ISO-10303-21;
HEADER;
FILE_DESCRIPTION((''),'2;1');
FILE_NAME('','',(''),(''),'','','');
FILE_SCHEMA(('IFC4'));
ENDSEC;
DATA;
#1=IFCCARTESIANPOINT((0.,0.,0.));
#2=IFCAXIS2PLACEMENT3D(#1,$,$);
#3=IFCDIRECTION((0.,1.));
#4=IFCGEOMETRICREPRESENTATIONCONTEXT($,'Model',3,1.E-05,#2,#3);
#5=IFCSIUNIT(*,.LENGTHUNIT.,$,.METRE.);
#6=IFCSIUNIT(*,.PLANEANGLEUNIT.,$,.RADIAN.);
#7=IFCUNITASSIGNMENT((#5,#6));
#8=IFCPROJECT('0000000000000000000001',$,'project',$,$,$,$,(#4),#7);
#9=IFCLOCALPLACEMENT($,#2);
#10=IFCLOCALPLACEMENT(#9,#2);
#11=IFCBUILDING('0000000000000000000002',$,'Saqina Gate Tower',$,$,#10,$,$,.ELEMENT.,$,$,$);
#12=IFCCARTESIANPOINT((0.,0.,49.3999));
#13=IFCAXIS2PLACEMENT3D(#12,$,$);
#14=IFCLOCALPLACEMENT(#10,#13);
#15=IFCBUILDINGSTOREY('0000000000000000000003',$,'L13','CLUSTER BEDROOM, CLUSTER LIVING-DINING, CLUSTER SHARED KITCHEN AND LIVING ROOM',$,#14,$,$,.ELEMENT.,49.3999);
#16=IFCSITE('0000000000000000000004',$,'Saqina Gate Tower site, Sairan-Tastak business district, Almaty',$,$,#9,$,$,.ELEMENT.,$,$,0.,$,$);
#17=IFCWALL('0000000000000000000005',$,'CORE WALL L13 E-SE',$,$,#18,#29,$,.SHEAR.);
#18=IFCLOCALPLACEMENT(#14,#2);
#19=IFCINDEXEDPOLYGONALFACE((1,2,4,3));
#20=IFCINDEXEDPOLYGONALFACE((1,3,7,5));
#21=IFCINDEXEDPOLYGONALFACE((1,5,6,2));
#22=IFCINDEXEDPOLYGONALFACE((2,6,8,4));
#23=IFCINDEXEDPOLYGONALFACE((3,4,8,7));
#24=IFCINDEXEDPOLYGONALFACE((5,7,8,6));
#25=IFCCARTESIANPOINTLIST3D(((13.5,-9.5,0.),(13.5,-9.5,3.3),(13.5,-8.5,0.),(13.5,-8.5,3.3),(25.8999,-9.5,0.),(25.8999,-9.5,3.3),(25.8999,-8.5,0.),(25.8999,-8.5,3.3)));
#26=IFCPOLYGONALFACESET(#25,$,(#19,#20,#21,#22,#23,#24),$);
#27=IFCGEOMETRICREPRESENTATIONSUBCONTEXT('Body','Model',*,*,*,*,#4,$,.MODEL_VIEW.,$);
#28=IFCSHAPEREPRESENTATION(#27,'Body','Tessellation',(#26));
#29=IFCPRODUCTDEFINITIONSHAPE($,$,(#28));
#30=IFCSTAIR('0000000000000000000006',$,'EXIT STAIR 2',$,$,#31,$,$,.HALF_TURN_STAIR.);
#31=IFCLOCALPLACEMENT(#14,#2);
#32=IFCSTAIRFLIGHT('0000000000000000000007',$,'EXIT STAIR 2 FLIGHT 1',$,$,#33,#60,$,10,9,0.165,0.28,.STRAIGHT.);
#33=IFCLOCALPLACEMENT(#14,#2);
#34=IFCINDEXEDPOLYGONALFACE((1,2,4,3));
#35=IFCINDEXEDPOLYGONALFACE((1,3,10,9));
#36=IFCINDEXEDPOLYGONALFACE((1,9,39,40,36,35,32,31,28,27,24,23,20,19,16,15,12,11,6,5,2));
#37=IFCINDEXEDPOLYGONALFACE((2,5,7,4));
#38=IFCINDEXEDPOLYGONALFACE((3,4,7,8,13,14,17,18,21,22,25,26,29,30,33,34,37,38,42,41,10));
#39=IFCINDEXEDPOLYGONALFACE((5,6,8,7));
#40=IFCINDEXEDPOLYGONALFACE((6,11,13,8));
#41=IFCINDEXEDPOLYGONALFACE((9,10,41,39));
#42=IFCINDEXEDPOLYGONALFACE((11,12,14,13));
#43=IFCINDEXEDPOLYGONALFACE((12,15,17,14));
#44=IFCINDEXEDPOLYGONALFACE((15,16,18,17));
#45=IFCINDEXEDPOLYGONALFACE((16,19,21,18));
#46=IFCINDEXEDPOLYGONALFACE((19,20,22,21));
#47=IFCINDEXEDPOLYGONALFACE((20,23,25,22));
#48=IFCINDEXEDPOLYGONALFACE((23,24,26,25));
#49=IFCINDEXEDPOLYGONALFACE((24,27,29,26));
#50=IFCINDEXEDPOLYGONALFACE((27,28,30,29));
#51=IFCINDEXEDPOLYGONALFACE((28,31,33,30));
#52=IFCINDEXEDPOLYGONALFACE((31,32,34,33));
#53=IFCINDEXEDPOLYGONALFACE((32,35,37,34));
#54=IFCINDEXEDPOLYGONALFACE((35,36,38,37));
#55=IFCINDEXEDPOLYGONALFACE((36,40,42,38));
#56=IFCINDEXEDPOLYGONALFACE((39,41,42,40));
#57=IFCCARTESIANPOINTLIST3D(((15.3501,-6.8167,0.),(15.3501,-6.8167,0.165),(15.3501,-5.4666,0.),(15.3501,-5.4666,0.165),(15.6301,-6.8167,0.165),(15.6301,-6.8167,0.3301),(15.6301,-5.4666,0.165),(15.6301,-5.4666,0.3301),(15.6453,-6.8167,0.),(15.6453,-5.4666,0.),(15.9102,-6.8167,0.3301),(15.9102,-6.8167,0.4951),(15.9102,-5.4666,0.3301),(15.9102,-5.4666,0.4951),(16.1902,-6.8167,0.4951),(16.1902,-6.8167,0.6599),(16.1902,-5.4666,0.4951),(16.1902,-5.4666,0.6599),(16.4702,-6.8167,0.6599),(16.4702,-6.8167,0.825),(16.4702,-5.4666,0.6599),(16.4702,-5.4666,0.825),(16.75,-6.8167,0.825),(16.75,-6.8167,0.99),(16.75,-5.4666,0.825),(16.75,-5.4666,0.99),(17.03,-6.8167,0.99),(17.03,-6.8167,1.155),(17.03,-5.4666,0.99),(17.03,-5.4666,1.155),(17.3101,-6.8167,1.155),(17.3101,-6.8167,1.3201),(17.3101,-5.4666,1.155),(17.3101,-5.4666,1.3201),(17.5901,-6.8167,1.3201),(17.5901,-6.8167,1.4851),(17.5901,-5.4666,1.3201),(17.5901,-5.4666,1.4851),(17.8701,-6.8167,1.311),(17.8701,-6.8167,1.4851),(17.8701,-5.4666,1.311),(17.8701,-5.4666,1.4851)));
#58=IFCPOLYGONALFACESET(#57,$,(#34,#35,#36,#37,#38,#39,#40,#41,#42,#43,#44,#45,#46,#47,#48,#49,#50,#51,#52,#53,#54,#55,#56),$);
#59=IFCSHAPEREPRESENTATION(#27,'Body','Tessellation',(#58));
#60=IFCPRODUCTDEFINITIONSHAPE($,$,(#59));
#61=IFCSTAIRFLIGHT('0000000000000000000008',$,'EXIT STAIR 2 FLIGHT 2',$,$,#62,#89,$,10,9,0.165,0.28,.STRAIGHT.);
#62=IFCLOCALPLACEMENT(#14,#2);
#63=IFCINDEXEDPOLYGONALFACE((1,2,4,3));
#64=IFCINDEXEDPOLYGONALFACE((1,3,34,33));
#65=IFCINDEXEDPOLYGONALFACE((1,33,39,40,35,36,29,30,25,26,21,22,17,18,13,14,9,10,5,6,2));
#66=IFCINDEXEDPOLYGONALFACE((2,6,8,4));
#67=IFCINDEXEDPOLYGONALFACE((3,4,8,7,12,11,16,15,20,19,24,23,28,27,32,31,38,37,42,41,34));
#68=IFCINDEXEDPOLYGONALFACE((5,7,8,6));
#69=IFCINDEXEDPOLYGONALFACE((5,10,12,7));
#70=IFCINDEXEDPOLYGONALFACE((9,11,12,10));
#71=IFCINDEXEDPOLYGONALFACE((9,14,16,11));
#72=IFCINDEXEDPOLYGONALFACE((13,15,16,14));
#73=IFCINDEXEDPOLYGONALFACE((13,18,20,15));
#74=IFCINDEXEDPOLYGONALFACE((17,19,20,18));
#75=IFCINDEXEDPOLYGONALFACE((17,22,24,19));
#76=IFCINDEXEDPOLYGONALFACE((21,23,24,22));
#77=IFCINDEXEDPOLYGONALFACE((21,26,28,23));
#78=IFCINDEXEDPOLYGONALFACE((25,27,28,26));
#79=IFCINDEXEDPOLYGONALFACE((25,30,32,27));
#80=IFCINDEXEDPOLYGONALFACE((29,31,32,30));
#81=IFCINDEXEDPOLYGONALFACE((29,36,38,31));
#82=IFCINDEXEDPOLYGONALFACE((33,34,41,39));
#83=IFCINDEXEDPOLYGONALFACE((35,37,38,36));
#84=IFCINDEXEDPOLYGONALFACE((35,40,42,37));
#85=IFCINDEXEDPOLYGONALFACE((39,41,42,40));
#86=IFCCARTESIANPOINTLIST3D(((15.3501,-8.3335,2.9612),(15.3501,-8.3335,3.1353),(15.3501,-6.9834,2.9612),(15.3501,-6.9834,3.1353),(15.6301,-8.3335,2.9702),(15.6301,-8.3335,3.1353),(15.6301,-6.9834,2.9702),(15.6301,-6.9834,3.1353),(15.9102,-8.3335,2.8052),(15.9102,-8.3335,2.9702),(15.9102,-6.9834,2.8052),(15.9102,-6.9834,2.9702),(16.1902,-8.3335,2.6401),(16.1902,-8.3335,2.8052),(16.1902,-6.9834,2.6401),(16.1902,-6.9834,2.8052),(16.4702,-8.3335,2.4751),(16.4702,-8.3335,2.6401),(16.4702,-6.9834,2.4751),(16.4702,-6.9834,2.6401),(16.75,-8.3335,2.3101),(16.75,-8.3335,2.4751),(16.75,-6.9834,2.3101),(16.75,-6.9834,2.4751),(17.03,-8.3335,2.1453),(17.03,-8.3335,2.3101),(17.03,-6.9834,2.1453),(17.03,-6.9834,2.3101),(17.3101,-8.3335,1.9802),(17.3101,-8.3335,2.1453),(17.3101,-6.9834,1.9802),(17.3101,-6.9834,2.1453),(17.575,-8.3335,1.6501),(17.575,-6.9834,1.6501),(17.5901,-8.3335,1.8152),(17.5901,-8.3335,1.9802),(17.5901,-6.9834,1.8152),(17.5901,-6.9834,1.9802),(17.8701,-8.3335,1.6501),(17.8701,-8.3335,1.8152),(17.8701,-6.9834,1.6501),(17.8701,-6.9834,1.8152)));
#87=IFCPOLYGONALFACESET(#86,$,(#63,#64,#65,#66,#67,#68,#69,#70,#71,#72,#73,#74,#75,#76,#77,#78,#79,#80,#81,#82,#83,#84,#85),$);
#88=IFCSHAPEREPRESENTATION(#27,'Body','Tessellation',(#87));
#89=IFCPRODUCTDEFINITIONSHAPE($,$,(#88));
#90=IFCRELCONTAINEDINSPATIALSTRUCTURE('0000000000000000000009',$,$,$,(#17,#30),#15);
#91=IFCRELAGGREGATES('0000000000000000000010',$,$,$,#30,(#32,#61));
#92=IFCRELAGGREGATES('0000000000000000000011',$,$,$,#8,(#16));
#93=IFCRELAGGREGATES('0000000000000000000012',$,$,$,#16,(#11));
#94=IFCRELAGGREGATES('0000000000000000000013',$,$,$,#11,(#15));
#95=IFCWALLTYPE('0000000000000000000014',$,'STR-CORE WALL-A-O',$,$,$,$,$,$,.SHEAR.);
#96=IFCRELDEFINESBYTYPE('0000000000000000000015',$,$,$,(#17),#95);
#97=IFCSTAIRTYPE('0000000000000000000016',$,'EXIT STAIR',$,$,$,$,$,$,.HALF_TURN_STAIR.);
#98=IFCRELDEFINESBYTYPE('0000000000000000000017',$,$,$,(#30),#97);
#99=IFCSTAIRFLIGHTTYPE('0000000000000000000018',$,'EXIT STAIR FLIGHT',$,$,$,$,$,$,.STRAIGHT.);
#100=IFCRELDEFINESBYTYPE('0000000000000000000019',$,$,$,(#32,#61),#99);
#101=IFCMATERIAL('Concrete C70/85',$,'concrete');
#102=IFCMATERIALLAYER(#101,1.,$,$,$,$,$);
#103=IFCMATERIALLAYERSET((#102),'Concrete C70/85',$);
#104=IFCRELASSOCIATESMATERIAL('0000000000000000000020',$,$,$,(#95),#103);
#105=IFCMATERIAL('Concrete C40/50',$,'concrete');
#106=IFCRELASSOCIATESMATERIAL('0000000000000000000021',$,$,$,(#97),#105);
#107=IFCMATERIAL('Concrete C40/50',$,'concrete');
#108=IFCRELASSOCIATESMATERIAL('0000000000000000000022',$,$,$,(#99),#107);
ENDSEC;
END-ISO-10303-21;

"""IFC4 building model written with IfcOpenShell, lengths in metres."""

from ifc_helpers import new_model, si_unit, direction, frame, frame_2d, origin, place, context, subcontext, project, spatial, polyline, rectangle, outline, extrude, material, layer, layer_set, type_object, element, aggregate, save


model = new_model("IFC4")

# Units and contexts
model_context = context("Model", 3, precision=1e-05, world=origin(), true_north=direction((0.0, 1.0)))
body_context = subcontext(model_context, "Body", "Model", "MODEL_VIEW")
ifc_project = project(units=[si_unit("LENGTHUNIT", "METRE"), si_unit("PLANEANGLEUNIT", "RADIAN")], contexts=[model_context])

# Site, building, storey
site_placement = place(None, origin())
site = spatial("IfcSite", under=ifc_project, at=site_placement, Name="Saqina Gate Tower site, Sairan-Tastak business district, Almaty", CompositionType="ELEMENT", RefElevation=0.0)
building_placement = place(site_placement, origin())
building = spatial("IfcBuilding", under=site, at=building_placement, Name="Saqina Gate Tower", CompositionType="ELEMENT")
storey_placement = place(building_placement, frame((0.0, 0.0, 49.3999)))
storey = spatial("IfcBuildingStorey", under=building, at=storey_placement, Name="L13", Description="CLUSTER BEDROOM, CLUSTER LIVING-DINING, CLUSTER SHARED KITCHEN AND LIVING ROOM", CompositionType="ELEMENT", Elevation=49.3999)

# Shared definitions
ifc_material_1 = material(Name="Concrete C70/85", Category="concrete")
ifc_layer_1 = layer(ifc_material_1, 1.0)
ifc_layer_set_1 = layer_set([ifc_layer_1], Name="Concrete C70/85")
wall_type_1 = type_object("IfcWallType", Name="STR-CORE WALL-A-O", PredefinedType="SHEAR", material=ifc_layer_set_1)

# Wall
wall_1_placement = place(storey_placement, frame((13.5, -9.0, 0.0), z_axis=(0.0, 0.0, 1.0), x_axis=(1.0, 0.0, 0.0)))
element("IfcWall", 1, at=wall_1_placement, inside=storey, type_object=wall_type_1, Name="CORE WALL L13 E-SE", PredefinedType="SHEAR", context=body_context, shape_type="SweptSolid", body=[
    extrude(rectangle(XDim=12.3999, YDim=1.0, at=frame_2d((6.2, 0.0))), origin(), (0.0, 0.0, 1.0), 3.3),
])

# Stair, stair flights
ifc_material_2 = material(Name="Concrete C40/50", Category="concrete")
stair_type = type_object("IfcStairType", Name="EXIT STAIR", PredefinedType="HALF_TURN_STAIR", material=ifc_material_2)
stair_placement = place(storey_placement, origin())
stair = element("IfcStair", 2, at=stair_placement, inside=storey, type_object=stair_type, Name="EXIT STAIR 2", PredefinedType="HALF_TURN_STAIR")
ifc_material_3 = material(Name="Concrete C40/50", Category="concrete")
stair_flight_type = type_object("IfcStairFlightType", Name="EXIT STAIR FLIGHT", PredefinedType="STRAIGHT", material=ifc_material_3)
stair_flight_1_placement = place(storey_placement, frame((15.3501, -6.1416, 0.0), z_axis=(0.0, 0.0, 1.0), x_axis=(1.0, 0.0, 0.0)))
stair_flight_1 = element("IfcStairFlight", 3, at=stair_flight_1_placement, type_object=stair_flight_type, Name="EXIT STAIR 2 FLIGHT 1", NumberOfRisers=10, NumberOfTreads=9, PredefinedType="STRAIGHT", RiserHeight=0.165, TreadLength=0.28, context=body_context, shape_type="SweptSolid", body=[
    extrude(outline(polyline([(0.0, 0.0), (0.0, 0.165), (0.28, 0.165), (0.28, 0.3301), (0.5601, 0.3301), (0.5601, 0.4951), (0.8401, 0.4951), (0.8401, 0.6599), (1.1201, 0.6599), (1.1201, 0.825), (1.3999, 0.825), (1.3999, 0.99), (1.6799, 0.99), (1.6799, 1.155), (1.96, 1.155), (1.96, 1.3201), (2.24, 1.3201), (2.24, 1.4851), (2.52, 1.4851), (2.52, 1.6499), (2.52, 1.311), (0.2952, 0.0), (0.0, 0.0)])), frame((0.0, 0.675, 0.0), z_axis=(0.0, -1.0, 0.0), x_axis=(1.0, 0.0, 0.0)), (0.0, 0.0, 1.0), 1.3501),
])
stair_flight_2_placement = place(storey_placement, frame((17.8701, -7.6584, 1.6501), z_axis=(0.0, 0.0, 1.0), x_axis=(-1.0, 0.0, 0.0)))
stair_flight_2 = element("IfcStairFlight", 4, at=stair_flight_2_placement, type_object=stair_flight_type, Name="EXIT STAIR 2 FLIGHT 2", NumberOfRisers=10, NumberOfTreads=9, PredefinedType="STRAIGHT", RiserHeight=0.165, TreadLength=0.28, context=body_context, shape_type="SweptSolid", body=[
    extrude(outline(polyline([(0.0, 0.0), (0.0, 0.165), (0.28, 0.165), (0.28, 0.3301), (0.5601, 0.3301), (0.5601, 0.4951), (0.8401, 0.4951), (0.8401, 0.6599), (1.1201, 0.6599), (1.1201, 0.825), (1.3999, 0.825), (1.3999, 0.99), (1.6799, 0.99), (1.6799, 1.155), (1.96, 1.155), (1.96, 1.3201), (2.24, 1.3201), (2.24, 1.4851), (2.52, 1.4851), (2.52, 1.6499), (2.52, 1.311), (0.2952, 0.0), (0.0, 0.0)])), frame((0.0, 0.675, 0.0), z_axis=(0.0, -1.0, 0.0), x_axis=(1.0, 0.0, 0.0)), (0.0, 0.0, 1.0), 1.3501),
])
aggregate(stair, [stair_flight_1, stair_flight_2])

save(model, "model.ifc")
